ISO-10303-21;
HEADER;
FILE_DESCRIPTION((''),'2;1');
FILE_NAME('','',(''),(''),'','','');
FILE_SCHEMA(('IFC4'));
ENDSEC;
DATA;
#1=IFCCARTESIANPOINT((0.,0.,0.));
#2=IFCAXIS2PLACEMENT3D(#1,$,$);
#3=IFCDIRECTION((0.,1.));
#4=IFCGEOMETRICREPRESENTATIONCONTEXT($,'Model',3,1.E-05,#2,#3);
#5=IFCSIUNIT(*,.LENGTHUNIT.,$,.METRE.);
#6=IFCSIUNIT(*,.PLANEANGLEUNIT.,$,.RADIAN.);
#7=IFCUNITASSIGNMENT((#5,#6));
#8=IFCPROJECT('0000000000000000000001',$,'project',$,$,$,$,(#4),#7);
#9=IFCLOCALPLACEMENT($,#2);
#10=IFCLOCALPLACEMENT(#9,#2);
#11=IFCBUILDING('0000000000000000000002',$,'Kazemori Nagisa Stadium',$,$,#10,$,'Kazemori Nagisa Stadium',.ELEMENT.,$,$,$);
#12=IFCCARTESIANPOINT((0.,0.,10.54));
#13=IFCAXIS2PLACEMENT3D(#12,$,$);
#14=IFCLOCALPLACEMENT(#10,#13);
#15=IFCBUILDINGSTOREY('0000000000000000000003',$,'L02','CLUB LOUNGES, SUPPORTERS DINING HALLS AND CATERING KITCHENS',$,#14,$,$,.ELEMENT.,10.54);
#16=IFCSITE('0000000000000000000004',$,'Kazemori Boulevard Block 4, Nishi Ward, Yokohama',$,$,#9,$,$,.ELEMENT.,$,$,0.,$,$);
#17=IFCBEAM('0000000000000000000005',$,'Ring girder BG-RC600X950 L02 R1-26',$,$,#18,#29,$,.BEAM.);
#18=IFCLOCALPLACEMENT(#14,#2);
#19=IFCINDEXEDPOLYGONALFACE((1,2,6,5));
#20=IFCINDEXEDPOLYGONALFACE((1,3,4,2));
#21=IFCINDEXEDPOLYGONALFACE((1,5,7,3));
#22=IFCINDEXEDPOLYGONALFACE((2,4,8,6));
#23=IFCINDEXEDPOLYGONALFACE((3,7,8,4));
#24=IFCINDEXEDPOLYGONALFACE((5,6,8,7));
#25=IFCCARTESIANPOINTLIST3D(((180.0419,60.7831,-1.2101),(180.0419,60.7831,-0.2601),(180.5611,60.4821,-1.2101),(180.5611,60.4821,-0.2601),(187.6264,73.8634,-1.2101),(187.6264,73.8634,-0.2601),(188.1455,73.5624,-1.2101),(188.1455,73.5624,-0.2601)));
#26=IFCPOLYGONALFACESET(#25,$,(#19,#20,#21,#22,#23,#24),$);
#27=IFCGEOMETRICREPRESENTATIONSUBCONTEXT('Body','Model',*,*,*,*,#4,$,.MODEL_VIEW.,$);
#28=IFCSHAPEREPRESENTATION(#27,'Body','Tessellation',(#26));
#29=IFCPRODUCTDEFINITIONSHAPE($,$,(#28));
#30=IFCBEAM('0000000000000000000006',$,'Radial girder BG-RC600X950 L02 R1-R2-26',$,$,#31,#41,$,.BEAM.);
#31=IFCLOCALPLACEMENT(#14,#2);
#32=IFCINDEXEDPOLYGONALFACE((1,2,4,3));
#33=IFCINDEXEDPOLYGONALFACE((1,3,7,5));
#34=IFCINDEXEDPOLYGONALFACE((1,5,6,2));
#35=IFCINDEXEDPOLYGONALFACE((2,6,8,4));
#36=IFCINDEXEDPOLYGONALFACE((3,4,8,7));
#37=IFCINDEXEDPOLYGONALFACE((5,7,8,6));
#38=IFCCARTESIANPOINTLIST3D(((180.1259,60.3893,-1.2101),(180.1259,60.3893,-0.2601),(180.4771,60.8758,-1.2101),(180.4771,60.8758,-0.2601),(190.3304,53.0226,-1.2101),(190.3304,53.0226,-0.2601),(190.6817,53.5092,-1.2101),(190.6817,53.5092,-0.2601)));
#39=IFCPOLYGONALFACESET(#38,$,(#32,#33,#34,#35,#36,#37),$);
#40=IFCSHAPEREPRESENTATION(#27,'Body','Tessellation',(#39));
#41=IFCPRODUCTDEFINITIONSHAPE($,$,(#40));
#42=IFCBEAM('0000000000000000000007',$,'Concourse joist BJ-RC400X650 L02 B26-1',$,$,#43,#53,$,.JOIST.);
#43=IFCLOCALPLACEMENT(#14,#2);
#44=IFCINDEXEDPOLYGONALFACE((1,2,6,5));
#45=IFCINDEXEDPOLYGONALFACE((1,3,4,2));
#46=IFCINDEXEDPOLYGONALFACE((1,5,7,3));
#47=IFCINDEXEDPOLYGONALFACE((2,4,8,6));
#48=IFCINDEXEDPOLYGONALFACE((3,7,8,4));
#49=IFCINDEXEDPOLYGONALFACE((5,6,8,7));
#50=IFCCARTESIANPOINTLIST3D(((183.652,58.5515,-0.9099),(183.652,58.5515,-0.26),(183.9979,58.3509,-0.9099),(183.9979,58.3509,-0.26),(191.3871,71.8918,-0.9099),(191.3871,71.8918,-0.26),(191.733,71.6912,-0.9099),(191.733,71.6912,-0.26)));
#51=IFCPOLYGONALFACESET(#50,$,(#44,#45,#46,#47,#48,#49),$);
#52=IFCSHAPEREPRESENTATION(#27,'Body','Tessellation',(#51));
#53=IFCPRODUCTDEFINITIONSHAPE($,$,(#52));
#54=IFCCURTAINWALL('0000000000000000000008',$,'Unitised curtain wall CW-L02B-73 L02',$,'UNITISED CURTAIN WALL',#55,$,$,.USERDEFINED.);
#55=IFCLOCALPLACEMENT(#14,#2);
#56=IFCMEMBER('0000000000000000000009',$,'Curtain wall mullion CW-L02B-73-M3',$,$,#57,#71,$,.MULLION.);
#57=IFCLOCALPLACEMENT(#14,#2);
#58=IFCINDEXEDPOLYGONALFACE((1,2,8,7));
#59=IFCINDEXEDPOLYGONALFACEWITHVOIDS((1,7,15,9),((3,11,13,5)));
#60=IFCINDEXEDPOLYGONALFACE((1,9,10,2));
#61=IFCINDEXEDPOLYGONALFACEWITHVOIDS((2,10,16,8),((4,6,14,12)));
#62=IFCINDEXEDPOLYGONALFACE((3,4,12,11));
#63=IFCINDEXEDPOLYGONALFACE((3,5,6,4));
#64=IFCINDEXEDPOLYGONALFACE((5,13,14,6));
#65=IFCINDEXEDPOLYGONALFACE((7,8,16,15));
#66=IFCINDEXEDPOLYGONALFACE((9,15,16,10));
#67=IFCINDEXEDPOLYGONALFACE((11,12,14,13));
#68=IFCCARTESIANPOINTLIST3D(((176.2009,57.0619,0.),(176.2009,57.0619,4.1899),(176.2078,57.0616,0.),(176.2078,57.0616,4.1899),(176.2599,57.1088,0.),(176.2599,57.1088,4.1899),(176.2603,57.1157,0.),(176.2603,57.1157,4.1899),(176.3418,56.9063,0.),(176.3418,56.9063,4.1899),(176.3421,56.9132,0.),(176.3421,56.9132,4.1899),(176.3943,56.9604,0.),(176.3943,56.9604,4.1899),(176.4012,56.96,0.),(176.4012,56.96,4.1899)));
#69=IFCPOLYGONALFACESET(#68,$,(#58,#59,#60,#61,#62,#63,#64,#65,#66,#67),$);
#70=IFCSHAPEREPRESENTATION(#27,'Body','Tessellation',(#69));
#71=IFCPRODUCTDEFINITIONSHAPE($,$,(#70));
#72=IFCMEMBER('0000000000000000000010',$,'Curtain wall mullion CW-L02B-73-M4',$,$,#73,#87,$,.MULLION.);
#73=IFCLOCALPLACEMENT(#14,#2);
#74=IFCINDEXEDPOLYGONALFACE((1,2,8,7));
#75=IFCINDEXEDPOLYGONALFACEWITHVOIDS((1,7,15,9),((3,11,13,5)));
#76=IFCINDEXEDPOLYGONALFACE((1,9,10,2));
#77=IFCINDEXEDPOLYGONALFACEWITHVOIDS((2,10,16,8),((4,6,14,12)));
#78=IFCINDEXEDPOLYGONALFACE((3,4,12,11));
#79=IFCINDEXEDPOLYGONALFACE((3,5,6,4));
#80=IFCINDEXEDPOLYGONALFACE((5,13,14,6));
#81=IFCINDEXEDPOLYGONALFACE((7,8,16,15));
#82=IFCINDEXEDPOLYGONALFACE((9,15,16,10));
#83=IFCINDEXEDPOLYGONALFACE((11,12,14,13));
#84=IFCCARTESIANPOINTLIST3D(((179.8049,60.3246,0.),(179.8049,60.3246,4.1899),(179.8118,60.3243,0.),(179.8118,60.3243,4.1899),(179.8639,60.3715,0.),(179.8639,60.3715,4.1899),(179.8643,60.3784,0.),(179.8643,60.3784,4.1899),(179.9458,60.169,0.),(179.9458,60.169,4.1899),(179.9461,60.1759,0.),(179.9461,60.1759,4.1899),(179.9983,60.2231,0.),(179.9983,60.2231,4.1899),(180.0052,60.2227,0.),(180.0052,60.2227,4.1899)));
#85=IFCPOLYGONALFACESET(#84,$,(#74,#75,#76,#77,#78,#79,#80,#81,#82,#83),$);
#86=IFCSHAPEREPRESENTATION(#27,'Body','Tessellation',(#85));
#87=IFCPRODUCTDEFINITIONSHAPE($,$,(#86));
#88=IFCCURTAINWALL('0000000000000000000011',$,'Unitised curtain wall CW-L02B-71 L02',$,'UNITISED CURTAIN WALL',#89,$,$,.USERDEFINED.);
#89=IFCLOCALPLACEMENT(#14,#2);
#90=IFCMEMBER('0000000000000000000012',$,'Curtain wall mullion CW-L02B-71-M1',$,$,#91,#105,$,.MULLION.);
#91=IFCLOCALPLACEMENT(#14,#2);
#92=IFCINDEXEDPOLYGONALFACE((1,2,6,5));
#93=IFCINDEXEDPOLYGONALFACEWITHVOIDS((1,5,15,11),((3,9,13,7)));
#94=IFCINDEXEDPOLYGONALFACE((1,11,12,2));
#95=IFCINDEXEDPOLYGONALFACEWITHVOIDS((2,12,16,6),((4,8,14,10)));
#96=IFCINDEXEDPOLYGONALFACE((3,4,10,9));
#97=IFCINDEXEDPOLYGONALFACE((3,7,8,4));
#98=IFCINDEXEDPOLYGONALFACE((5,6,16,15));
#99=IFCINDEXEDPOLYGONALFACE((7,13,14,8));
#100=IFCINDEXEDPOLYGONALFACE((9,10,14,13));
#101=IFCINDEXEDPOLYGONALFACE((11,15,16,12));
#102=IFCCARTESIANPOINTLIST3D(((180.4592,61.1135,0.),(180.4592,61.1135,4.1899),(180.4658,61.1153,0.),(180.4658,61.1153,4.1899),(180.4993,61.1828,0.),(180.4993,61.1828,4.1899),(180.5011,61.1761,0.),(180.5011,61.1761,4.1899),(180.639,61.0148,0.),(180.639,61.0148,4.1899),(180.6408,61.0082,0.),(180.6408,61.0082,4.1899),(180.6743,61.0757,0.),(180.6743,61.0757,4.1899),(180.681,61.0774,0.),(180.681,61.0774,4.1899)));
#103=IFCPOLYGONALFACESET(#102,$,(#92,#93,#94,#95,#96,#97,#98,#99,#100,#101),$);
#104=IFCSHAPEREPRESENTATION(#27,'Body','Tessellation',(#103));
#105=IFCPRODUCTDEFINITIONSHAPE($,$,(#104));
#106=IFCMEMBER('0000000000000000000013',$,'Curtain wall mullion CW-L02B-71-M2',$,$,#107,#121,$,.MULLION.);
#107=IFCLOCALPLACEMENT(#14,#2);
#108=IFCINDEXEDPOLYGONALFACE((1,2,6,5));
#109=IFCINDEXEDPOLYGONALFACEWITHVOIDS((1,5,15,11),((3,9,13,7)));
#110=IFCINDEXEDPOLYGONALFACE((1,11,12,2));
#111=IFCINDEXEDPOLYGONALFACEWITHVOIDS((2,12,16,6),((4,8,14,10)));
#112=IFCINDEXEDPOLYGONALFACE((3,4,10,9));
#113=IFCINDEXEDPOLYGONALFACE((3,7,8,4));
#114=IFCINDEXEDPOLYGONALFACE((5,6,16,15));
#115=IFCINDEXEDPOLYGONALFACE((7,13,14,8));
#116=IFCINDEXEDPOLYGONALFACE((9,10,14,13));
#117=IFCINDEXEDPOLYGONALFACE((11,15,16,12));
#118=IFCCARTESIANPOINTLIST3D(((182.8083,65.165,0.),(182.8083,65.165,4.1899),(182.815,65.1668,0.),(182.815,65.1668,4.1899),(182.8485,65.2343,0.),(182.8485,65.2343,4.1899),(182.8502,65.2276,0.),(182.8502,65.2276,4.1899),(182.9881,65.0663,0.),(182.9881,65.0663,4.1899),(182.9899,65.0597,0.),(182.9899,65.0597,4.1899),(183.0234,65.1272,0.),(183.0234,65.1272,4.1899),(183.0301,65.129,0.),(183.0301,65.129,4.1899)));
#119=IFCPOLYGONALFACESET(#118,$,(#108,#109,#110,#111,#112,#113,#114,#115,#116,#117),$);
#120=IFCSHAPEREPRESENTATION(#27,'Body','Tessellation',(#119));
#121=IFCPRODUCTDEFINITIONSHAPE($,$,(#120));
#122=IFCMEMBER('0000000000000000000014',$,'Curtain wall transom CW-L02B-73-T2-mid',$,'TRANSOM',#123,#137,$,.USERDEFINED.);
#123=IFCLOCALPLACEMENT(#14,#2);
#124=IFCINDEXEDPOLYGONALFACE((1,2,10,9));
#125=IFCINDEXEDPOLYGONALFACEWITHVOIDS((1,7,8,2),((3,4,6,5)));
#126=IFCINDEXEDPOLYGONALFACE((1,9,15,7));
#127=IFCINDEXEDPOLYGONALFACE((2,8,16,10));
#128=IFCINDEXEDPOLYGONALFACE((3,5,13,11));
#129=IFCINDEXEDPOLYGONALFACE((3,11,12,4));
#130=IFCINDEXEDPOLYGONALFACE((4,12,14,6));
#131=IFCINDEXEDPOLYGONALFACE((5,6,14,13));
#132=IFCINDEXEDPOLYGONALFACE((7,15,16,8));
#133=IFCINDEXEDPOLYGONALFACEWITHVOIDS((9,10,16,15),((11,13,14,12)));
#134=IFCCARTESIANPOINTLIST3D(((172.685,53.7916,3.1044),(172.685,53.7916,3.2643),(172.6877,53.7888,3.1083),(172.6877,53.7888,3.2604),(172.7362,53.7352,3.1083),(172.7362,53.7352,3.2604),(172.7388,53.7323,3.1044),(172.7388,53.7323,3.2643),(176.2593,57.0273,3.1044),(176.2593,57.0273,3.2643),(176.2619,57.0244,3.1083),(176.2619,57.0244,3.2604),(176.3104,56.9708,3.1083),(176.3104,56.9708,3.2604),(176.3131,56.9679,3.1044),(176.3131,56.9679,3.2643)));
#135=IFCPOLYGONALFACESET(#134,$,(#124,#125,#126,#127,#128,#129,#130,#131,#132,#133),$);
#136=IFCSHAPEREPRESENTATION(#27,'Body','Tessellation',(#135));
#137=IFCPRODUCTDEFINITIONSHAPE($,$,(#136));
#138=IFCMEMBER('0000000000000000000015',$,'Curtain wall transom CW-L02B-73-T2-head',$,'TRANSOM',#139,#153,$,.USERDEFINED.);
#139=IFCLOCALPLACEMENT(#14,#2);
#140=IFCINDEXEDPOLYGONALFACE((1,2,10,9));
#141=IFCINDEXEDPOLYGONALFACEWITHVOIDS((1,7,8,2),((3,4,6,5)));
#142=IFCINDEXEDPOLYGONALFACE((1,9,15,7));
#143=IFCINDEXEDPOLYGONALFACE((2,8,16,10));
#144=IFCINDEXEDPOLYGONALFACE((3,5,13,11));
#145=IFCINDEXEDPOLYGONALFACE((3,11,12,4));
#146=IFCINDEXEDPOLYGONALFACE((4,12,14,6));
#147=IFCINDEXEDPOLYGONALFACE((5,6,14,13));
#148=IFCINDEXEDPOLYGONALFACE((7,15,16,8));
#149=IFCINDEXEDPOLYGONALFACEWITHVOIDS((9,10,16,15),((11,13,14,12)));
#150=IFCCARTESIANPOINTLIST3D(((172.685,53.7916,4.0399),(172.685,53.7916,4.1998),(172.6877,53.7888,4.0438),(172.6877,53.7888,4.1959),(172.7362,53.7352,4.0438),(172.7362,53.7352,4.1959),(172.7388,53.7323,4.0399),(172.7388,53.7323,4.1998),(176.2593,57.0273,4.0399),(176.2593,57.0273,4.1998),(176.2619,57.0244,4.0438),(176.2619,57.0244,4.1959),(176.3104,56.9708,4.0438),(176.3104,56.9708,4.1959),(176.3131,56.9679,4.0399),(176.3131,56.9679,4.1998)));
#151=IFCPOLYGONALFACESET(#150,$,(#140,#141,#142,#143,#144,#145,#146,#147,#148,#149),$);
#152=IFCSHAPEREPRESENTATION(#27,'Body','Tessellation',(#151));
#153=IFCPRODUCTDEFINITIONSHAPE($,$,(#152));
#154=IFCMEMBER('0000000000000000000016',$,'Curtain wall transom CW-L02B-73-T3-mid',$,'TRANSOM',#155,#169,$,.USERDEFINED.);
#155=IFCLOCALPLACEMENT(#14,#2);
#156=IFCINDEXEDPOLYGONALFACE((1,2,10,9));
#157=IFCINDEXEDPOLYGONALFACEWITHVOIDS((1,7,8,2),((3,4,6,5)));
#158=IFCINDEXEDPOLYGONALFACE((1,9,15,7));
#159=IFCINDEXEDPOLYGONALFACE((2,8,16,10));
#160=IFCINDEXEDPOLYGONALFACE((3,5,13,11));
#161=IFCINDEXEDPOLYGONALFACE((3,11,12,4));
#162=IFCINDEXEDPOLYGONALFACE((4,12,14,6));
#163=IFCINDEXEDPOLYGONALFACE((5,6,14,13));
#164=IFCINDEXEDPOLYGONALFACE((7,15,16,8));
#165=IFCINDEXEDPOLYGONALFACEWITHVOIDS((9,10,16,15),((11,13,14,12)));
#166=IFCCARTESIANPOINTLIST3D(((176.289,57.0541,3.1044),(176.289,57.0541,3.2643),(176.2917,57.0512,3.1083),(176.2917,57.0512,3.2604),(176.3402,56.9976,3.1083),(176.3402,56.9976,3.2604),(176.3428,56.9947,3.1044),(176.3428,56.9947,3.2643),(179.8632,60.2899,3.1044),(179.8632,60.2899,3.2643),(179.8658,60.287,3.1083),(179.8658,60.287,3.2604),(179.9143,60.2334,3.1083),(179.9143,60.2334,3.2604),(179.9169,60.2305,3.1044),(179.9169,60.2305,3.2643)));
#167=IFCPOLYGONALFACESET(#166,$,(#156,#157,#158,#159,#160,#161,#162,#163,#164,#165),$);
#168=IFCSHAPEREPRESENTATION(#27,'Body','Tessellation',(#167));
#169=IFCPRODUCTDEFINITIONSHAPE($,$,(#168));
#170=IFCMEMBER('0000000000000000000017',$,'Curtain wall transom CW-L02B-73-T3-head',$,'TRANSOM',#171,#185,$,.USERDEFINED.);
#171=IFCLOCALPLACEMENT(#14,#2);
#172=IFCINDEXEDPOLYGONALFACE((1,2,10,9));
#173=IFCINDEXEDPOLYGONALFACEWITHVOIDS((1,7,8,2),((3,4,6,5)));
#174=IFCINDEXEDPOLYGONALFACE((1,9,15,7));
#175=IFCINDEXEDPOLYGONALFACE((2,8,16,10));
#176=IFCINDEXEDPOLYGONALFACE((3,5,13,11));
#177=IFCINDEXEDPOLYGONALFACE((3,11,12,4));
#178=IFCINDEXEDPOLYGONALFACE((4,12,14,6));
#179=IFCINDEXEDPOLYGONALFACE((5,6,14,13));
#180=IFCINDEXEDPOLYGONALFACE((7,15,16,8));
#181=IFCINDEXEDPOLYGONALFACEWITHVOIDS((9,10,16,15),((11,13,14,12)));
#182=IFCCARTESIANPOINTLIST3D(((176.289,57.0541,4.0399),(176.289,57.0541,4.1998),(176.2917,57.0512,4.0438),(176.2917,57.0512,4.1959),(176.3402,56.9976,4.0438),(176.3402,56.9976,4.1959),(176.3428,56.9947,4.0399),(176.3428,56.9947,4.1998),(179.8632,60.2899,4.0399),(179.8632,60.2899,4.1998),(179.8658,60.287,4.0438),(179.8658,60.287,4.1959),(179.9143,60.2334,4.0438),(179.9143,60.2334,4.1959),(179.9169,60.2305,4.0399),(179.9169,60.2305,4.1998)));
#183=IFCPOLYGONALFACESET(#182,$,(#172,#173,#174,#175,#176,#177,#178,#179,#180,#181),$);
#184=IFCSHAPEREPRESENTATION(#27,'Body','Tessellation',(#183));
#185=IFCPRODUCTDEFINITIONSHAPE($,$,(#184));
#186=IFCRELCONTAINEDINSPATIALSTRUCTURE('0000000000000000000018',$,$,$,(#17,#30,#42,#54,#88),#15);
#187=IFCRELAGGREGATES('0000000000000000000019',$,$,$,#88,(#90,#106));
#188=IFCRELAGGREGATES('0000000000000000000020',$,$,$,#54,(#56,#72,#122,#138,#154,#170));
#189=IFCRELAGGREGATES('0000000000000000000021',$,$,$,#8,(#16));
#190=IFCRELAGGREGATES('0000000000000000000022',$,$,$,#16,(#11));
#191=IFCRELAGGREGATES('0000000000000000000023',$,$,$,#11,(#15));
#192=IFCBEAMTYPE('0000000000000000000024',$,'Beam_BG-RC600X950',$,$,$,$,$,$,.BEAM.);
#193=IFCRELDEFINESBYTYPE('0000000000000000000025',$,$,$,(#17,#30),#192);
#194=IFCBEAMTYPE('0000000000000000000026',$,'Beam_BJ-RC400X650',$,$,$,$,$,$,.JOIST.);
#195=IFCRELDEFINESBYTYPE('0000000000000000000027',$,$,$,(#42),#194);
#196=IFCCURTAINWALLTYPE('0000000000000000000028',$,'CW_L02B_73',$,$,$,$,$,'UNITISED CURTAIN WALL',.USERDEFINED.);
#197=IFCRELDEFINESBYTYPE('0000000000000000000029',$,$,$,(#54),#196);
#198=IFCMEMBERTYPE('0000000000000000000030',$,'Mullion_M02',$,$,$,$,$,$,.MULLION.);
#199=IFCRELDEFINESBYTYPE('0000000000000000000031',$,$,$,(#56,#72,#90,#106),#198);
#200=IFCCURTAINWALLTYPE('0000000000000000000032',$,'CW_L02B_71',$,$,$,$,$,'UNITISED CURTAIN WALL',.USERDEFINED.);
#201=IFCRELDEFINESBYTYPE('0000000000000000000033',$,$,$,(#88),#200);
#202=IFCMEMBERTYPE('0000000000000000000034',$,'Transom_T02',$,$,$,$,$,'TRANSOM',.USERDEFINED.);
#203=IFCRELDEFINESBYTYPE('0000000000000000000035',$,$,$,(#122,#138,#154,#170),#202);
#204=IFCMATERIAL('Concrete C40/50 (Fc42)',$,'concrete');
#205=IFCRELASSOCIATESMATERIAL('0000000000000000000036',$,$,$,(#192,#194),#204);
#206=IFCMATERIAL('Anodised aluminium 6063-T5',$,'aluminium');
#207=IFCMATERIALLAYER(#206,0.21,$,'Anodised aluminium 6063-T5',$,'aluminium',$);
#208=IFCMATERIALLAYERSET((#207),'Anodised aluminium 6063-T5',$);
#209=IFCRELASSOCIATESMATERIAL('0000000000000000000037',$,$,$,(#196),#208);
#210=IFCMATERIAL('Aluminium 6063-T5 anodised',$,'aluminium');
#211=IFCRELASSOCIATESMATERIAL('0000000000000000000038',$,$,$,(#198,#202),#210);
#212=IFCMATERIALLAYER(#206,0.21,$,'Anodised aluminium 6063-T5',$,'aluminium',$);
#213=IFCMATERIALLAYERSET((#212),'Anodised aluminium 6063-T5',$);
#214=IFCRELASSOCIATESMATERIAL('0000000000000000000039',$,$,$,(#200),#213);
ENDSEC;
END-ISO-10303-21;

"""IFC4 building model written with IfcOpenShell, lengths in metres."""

from ifc_helpers import new_model, si_unit, direction, frame, origin, origin_2d, place, context, subcontext, project, spatial, rectangle, hollow_rectangle, extrude, material, layer, layer_set, material_profile, profile_set, type_object, element, aggregate, save


model = new_model("IFC4")

# Units and contexts
model_context = context("Model", 3, precision=1e-05, world=origin(), true_north=direction((0.0, 1.0)))
body_context = subcontext(model_context, "Body", "Model", "MODEL_VIEW")
ifc_project = project(units=[si_unit("LENGTHUNIT", "METRE"), si_unit("PLANEANGLEUNIT", "RADIAN")], contexts=[model_context])

# Site, building, storey
site_placement = place(None, origin())
site = spatial("IfcSite", under=ifc_project, at=site_placement, Name="Kazemori Boulevard Block 4, Nishi Ward, Yokohama", CompositionType="ELEMENT", RefElevation=0.0)
building_placement = place(site_placement, origin())
building = spatial("IfcBuilding", under=site, at=building_placement, Name="Kazemori Nagisa Stadium", LongName="Kazemori Nagisa Stadium", CompositionType="ELEMENT")
storey_placement = place(building_placement, frame((0.0, 0.0, 10.54)))
storey = spatial("IfcBuildingStorey", under=building, at=storey_placement, Name="L02", Description="CLUB LOUNGES, SUPPORTERS DINING HALLS AND CATERING KITCHENS", CompositionType="ELEMENT", Elevation=10.54)

# Shared definitions
ifc_material_1 = material(Name="Concrete C40/50 (Fc42)", Category="concrete")

# Beams
ifc_material_profile_1 = material_profile(ifc_material_1, rectangle(XDim=0.6001, YDim=0.95, at=origin_2d()), Name="RC-BM-600x950")
ifc_profile_set_1 = profile_set([ifc_material_profile_1], Name="Concrete C40/50 (Fc42)")
beam_type_1 = type_object("IfcBeamType", Name="Beam_BG-RC600X950", PredefinedType="BEAM", material=ifc_profile_set_1)
beam_1_placement = place(storey_placement, frame((180.3015, 60.6326, -0.7351), z_axis=(0.501613, 0.865092, 0.0), x_axis=(-0.865092, 0.501613, 0.0)))
element("IfcBeam", 1, at=beam_1_placement, inside=storey, type_object=beam_type_1, Name="Ring girder BG-RC600X950 L02 R1-26", PredefinedType="BEAM", context=body_context, shape_type="SweptSolid", body=[
    extrude(rectangle(XDim=0.6001, YDim=0.95, at=origin_2d()), origin(), (0.0, 0.0, 1.0), 15.1201),
])
beam_2_placement = place(storey_placement, frame((180.3015, 60.6326, -0.7351), z_axis=(0.810803, -0.585319, 0.0), x_axis=(0.585319, 0.810803, 0.0)))
element("IfcBeam", 2, at=beam_2_placement, inside=storey, type_object=beam_type_1, Name="Radial girder BG-RC600X950 L02 R1-R2-26", PredefinedType="BEAM", context=body_context, shape_type="SweptSolid", body=[
    extrude(rectangle(XDim=0.6001, YDim=0.95, at=origin_2d()), origin(), (0.0, 0.0, 1.0), 12.5857),
])
ifc_material_profile_2 = material_profile(ifc_material_1, rectangle(XDim=0.3999, YDim=0.6499, at=origin_2d()), Name="RC-BM-400x650")
ifc_profile_set_2 = profile_set([ifc_material_profile_2], Name="Concrete C40/50 (Fc42)")
beam_type_2 = type_object("IfcBeamType", Name="Beam_BJ-RC400X650", PredefinedType="JOIST", material=ifc_profile_set_2)
beam_3_placement = place(storey_placement, frame((183.825, 58.4512, -0.585), z_axis=(0.501607, 0.865095, 0.0), x_axis=(-0.865095, 0.501607, 0.0)))
element("IfcBeam", 3, at=beam_3_placement, inside=storey, type_object=beam_type_2, Name="Concourse joist BJ-RC400X650 L02 B26-1", PredefinedType="JOIST", context=body_context, shape_type="SweptSolid", body=[
    extrude(rectangle(XDim=0.3999, YDim=0.6499, at=origin_2d()), origin(), (0.0, 0.0, 1.0), 15.4207),
])

# Curtain walls, members
ifc_material_2 = material(Name="Anodised aluminium 6063-T5", Category="aluminium")
ifc_layer_1 = layer(ifc_material_2, 0.21, Name="Anodised aluminium 6063-T5", Category="aluminium")
ifc_layer_set_1 = layer_set([ifc_layer_1], Name="Anodised aluminium 6063-T5")
curtain_wall_type_1 = type_object("IfcCurtainWallType", Name="CW_L02B_73", ElementType="UNITISED CURTAIN WALL", PredefinedType="USERDEFINED", material=ifc_layer_set_1)
curtain_wall_1_placement = place(storey_placement, origin())
curtain_wall_1 = element("IfcCurtainWall", 4, at=curtain_wall_1_placement, inside=storey, type_object=curtain_wall_type_1, Name="Unitised curtain wall CW-L02B-73 L02", ObjectType="UNITISED CURTAIN WALL", PredefinedType="USERDEFINED")
ifc_material_3 = material(Name="Aluminium 6063-T5 anodised", Category="aluminium")
ifc_material_profile_3 = material_profile(ifc_material_3, hollow_rectangle(XDim=0.0801, YDim=0.21, WallThickness=0.0049, at=origin_2d()), Name="ALU-MULL-80x210x5")
ifc_profile_set_3 = profile_set([ifc_material_profile_3], Name="Aluminium 6063-T5 anodised")
member_type_1 = type_object("IfcMemberType", Name="Mullion_M02", PredefinedType="MULLION", material=ifc_profile_set_3)
member_1_placement = place(storey_placement, frame((176.301, 57.011, 0.0), z_axis=(0.0, 0.0, 1.0), x_axis=(0.741351, 0.671118, 0.0)))
member_1 = element("IfcMember", 5, at=member_1_placement, type_object=member_type_1, Name="Curtain wall mullion CW-L02B-73-M3", PredefinedType="MULLION", context=body_context, shape_type="SweptSolid", body=[
    extrude(hollow_rectangle(XDim=0.0801, YDim=0.21, WallThickness=0.0049, at=origin_2d()), origin(), (0.0, 0.0, 1.0), 4.1899),
])
member_2_placement = place(storey_placement, frame((179.905, 60.2737, 0.0), z_axis=(0.0, 0.0, 1.0), x_axis=(0.741351, 0.671118, 0.0)))
member_2 = element("IfcMember", 6, at=member_2_placement, type_object=member_type_1, Name="Curtain wall mullion CW-L02B-73-M4", PredefinedType="MULLION", context=body_context, shape_type="SweptSolid", body=[
    extrude(hollow_rectangle(XDim=0.0801, YDim=0.21, WallThickness=0.0049, at=origin_2d()), origin(), (0.0, 0.0, 1.0), 4.1899),
])
ifc_layer_2 = layer(ifc_material_2, 0.21, Name="Anodised aluminium 6063-T5", Category="aluminium")
ifc_layer_set_2 = layer_set([ifc_layer_2], Name="Anodised aluminium 6063-T5")
curtain_wall_type_2 = type_object("IfcCurtainWallType", Name="CW_L02B_71", ElementType="UNITISED CURTAIN WALL", PredefinedType="USERDEFINED", material=ifc_layer_set_2)
curtain_wall_2_placement = place(storey_placement, origin())
curtain_wall_2 = element("IfcCurtainWall", 7, at=curtain_wall_2_placement, inside=storey, type_object=curtain_wall_type_2, Name="Unitised curtain wall CW-L02B-71 L02", ObjectType="UNITISED CURTAIN WALL", PredefinedType="USERDEFINED")
member_3_placement = place(storey_placement, frame((180.5701, 61.0955, 0.0), z_axis=(0.0, 0.0, 1.0), x_axis=(0.501612, 0.865093, 0.0)))
member_3 = element("IfcMember", 8, at=member_3_placement, type_object=member_type_1, Name="Curtain wall mullion CW-L02B-71-M1", PredefinedType="MULLION", context=body_context, shape_type="SweptSolid", body=[
    extrude(hollow_rectangle(XDim=0.0801, YDim=0.21, WallThickness=0.0049, at=origin_2d()), origin(), (0.0, 0.0, 1.0), 4.1899),
])
member_4_placement = place(storey_placement, frame((182.9192, 65.147, 0.0), z_axis=(0.0, 0.0, 1.0), x_axis=(0.501612, 0.865093, 0.0)))
member_4 = element("IfcMember", 9, at=member_4_placement, type_object=member_type_1, Name="Curtain wall mullion CW-L02B-71-M2", PredefinedType="MULLION", context=body_context, shape_type="SweptSolid", body=[
    extrude(hollow_rectangle(XDim=0.0801, YDim=0.21, WallThickness=0.0049, at=origin_2d()), origin(), (0.0, 0.0, 1.0), 4.1899),
])

# Members
ifc_material_profile_4 = material_profile(ifc_material_3, hollow_rectangle(XDim=0.0801, YDim=0.1599, WallThickness=0.0039, at=origin_2d()), Name="ALU-TRAN-80x160x4")
ifc_profile_set_4 = profile_set([ifc_material_profile_4], Name="Aluminium 6063-T5 anodised")
member_type_2 = type_object("IfcMemberType", Name="Transom_T02", ElementType="TRANSOM", PredefinedType="USERDEFINED", material=ifc_profile_set_4)
member_5_placement = place(storey_placement, frame((172.7119, 53.762, 3.1843), z_axis=(0.741352, 0.671116, 0.0), x_axis=(-0.671116, 0.741352, 0.0)))
member_5 = element("IfcMember", 10, at=member_5_placement, type_object=member_type_2, Name="Curtain wall transom CW-L02B-73-T2-mid", ObjectType="TRANSOM", PredefinedType="USERDEFINED", context=body_context, shape_type="SweptSolid", body=[
    extrude(hollow_rectangle(XDim=0.0801, YDim=0.1599, WallThickness=0.0039, at=origin_2d()), origin(), (0.0, 0.0, 1.0), 4.8213),
])
member_6_placement = place(storey_placement, frame((172.7119, 53.762, 4.1199), z_axis=(0.741352, 0.671116, 0.0), x_axis=(-0.671116, 0.741352, 0.0)))
member_6 = element("IfcMember", 11, at=member_6_placement, type_object=member_type_2, Name="Curtain wall transom CW-L02B-73-T2-head", ObjectType="TRANSOM", PredefinedType="USERDEFINED", context=body_context, shape_type="SweptSolid", body=[
    extrude(hollow_rectangle(XDim=0.0801, YDim=0.1599, WallThickness=0.0039, at=origin_2d()), origin(), (0.0, 0.0, 1.0), 4.8213),
])
member_7_placement = place(storey_placement, frame((176.3159, 57.0244, 3.1843), z_axis=(0.741327, 0.671144, 0.0), x_axis=(-0.671144, 0.741327, 0.0)))
member_7 = element("IfcMember", 12, at=member_7_placement, type_object=member_type_2, Name="Curtain wall transom CW-L02B-73-T3-mid", ObjectType="TRANSOM", PredefinedType="USERDEFINED", context=body_context, shape_type="SweptSolid", body=[
    extrude(hollow_rectangle(XDim=0.0801, YDim=0.1599, WallThickness=0.0039, at=origin_2d()), origin(), (0.0, 0.0, 1.0), 4.8213),
])
member_8_placement = place(storey_placement, frame((176.3159, 57.0244, 4.1199), z_axis=(0.741327, 0.671144, 0.0), x_axis=(-0.671144, 0.741327, 0.0)))
member_8 = element("IfcMember", 13, at=member_8_placement, type_object=member_type_2, Name="Curtain wall transom CW-L02B-73-T3-head", ObjectType="TRANSOM", PredefinedType="USERDEFINED", context=body_context, shape_type="SweptSolid", body=[
    extrude(hollow_rectangle(XDim=0.0801, YDim=0.1599, WallThickness=0.0039, at=origin_2d()), origin(), (0.0, 0.0, 1.0), 4.8213),
])

aggregate(curtain_wall_2, [member_3, member_4])
aggregate(curtain_wall_1, [member_1, member_2, member_5, member_6, member_7, member_8])

save(model, "model.ifc")
